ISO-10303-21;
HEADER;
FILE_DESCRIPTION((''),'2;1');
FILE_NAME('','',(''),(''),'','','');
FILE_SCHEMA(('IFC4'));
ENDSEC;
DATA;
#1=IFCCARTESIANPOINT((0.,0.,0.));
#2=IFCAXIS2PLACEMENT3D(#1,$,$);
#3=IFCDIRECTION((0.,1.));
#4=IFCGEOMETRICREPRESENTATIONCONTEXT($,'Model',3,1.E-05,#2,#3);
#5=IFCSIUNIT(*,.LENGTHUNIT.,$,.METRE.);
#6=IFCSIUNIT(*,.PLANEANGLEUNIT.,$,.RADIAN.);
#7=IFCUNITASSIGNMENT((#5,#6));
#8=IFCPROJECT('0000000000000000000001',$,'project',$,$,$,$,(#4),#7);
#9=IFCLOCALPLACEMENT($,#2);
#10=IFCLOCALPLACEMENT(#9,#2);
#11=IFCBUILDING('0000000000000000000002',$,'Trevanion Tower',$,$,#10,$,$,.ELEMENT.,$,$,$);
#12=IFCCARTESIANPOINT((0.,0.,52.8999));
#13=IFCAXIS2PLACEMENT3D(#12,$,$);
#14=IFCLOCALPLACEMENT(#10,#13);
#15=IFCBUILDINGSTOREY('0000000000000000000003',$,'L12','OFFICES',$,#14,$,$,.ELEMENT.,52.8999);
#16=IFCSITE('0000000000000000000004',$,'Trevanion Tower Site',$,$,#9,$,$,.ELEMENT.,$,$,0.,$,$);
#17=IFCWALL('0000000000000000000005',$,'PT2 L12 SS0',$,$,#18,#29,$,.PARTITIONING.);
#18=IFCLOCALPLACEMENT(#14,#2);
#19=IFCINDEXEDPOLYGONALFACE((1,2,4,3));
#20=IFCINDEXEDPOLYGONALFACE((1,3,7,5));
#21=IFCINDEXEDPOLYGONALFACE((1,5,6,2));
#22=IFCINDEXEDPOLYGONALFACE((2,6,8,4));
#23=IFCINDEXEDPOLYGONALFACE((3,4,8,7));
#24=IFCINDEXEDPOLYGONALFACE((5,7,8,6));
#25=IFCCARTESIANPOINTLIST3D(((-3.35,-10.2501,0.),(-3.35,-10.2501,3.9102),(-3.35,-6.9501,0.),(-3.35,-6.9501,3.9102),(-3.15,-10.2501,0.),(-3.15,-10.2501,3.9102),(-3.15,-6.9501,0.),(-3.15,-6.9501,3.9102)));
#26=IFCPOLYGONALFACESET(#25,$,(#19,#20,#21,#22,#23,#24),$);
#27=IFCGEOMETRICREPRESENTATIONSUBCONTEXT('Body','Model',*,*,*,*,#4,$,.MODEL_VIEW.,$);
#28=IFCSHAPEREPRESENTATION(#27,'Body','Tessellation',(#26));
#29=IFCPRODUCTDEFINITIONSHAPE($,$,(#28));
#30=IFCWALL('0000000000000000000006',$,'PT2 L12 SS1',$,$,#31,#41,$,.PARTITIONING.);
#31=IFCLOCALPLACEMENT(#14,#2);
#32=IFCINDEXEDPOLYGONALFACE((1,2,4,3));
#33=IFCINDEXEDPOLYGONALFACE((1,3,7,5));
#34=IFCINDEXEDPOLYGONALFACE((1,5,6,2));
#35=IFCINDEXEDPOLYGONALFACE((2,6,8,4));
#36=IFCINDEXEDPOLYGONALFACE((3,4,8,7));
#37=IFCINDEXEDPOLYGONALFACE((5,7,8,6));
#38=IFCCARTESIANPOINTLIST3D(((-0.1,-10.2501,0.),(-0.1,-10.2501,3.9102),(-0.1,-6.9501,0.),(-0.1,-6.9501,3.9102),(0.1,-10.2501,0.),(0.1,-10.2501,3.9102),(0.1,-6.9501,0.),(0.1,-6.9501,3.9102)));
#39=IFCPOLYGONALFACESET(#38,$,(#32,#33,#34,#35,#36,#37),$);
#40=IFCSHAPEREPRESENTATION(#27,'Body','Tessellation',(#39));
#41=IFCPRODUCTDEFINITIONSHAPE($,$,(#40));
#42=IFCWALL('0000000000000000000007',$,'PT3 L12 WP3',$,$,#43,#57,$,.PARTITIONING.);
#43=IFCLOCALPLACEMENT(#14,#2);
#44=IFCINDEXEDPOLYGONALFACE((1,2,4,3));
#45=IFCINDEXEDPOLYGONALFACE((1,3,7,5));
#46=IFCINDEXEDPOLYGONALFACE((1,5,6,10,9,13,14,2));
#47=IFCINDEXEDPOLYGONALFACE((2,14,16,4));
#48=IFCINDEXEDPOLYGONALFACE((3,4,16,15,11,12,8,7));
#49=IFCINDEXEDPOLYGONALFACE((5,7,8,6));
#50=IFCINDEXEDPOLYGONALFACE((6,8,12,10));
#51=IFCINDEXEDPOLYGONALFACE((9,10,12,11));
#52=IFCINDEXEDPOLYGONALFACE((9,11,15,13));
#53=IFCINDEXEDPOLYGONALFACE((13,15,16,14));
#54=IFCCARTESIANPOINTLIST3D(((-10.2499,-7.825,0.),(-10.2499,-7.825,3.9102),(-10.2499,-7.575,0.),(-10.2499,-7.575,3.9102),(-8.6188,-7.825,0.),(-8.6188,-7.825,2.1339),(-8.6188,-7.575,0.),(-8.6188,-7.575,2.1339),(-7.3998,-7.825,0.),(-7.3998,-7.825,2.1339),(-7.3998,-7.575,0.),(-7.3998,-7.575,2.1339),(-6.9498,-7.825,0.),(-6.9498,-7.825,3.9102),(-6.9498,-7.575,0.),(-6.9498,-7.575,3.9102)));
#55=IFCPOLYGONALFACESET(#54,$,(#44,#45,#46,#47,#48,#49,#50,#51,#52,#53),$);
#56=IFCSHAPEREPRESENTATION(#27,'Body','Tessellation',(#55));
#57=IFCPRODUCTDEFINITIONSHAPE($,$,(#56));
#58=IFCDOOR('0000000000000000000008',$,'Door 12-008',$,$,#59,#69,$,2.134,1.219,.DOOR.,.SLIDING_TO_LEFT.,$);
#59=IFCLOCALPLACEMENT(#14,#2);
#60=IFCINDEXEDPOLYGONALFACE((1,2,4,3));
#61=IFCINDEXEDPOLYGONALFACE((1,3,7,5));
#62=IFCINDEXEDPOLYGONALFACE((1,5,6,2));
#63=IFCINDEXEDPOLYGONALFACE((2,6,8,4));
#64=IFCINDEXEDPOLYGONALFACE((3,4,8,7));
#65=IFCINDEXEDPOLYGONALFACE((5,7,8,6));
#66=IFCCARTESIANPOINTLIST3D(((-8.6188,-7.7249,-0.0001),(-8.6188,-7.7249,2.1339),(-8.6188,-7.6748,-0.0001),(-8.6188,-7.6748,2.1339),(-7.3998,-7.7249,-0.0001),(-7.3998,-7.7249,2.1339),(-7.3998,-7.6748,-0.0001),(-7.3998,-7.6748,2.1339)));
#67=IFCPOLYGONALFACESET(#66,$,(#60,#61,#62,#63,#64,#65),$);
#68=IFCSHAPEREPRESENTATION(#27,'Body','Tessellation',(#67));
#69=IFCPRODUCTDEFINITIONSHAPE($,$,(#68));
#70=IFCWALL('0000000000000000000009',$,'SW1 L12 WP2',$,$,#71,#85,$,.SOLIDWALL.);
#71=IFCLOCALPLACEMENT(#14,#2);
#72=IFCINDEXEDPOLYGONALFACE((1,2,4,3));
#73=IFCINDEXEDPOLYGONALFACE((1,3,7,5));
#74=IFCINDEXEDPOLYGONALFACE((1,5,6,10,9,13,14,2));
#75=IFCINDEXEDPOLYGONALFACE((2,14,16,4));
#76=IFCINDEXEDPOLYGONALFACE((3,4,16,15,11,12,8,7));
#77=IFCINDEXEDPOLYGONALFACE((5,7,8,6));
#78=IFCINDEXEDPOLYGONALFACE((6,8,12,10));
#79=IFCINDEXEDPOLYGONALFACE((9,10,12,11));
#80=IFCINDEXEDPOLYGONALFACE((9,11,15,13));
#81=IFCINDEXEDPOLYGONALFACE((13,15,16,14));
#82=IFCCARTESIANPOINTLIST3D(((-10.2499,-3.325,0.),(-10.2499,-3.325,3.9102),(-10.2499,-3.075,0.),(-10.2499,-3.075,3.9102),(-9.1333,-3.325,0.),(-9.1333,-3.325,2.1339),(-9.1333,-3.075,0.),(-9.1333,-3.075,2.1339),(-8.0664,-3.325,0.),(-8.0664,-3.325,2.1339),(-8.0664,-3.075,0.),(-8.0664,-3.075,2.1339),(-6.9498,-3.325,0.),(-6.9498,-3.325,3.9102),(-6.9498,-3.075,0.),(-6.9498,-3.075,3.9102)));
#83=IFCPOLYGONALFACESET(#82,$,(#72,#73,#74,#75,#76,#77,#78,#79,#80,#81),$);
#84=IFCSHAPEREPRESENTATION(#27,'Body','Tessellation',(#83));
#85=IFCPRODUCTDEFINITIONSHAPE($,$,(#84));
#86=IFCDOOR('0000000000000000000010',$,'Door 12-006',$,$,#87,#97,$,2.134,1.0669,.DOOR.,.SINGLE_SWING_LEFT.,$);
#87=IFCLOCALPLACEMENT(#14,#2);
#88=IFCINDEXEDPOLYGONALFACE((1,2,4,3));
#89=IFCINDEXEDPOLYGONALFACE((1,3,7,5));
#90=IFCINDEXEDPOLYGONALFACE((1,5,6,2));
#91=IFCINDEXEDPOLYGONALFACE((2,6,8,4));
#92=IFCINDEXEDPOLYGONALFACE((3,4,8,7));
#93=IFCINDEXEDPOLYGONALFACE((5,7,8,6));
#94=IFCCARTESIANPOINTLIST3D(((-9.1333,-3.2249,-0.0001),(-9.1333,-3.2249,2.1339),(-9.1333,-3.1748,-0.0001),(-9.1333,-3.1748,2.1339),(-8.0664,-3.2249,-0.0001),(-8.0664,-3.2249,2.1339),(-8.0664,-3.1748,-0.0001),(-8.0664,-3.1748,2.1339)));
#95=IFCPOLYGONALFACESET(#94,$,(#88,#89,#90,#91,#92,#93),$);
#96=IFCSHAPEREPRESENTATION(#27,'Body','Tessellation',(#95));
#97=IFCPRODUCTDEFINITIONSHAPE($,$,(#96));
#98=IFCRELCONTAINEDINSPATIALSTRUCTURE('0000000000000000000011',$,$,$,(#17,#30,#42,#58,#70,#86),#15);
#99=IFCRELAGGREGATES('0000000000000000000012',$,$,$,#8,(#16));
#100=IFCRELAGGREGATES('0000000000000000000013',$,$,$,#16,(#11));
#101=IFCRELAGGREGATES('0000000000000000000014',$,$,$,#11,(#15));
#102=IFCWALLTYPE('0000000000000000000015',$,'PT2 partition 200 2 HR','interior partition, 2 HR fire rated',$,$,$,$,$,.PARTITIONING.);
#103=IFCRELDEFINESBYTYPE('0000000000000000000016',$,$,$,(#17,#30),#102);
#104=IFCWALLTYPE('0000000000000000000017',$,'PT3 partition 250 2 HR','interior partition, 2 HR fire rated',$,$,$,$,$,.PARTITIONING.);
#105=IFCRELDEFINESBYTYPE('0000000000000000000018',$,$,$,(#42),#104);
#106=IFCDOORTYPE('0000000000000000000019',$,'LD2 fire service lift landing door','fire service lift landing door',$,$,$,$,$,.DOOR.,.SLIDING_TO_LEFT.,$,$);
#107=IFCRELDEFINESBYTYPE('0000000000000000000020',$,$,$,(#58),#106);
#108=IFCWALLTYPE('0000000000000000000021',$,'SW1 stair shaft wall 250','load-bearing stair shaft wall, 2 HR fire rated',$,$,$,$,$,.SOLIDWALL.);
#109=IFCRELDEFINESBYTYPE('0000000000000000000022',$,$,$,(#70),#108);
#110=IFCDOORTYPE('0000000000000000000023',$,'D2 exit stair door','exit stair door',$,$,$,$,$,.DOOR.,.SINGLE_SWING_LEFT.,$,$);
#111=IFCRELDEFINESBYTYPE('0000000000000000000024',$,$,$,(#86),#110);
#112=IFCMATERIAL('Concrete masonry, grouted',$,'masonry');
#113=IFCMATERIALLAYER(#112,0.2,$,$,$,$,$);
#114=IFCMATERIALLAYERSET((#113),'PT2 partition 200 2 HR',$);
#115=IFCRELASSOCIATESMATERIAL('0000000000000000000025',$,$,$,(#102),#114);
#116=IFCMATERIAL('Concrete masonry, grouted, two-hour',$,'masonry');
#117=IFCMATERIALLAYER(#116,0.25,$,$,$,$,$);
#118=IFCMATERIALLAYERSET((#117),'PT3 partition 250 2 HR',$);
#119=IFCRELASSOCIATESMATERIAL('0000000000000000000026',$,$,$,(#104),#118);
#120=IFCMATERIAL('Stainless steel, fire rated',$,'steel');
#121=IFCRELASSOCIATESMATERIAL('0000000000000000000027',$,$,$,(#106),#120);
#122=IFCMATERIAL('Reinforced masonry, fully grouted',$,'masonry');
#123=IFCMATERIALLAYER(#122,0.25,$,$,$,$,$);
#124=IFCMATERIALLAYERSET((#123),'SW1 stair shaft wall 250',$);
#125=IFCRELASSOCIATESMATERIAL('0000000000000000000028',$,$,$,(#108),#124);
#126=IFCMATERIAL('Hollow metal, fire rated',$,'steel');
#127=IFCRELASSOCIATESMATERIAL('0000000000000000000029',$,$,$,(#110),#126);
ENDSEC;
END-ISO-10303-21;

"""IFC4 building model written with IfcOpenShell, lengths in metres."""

from ifc_helpers import new_model, si_unit, direction, frame, frame_2d, origin, place, context, subcontext, project, spatial, rectangle, extrude, material, layer, layer_set, type_object, element, fill, save


model = new_model("IFC4")

# Units and contexts
model_context = context("Model", 3, precision=1e-05, world=origin(), true_north=direction((0.0, 1.0)))
body_context = subcontext(model_context, "Body", "Model", "MODEL_VIEW")
ifc_project = project(units=[si_unit("LENGTHUNIT", "METRE"), si_unit("PLANEANGLEUNIT", "RADIAN")], contexts=[model_context])

# Site, building, storey
site_placement = place(None, origin())
site = spatial("IfcSite", under=ifc_project, at=site_placement, Name="Trevanion Tower Site", CompositionType="ELEMENT", RefElevation=0.0)
building_placement = place(site_placement, origin())
building = spatial("IfcBuilding", under=site, at=building_placement, Name="Trevanion Tower", CompositionType="ELEMENT")
storey_placement = place(building_placement, frame((0.0, 0.0, 52.8999)))
storey = spatial("IfcBuildingStorey", under=building, at=storey_placement, Name="L12", Description="OFFICES", CompositionType="ELEMENT", Elevation=52.8999)

# Walls
ifc_material_1 = material(Name="Concrete masonry, grouted", Category="masonry")
ifc_layer_1 = layer(ifc_material_1, 0.2)
ifc_layer_set_1 = layer_set([ifc_layer_1], Name="PT2 partition 200 2 HR")
wall_type_1 = type_object("IfcWallType", Name="PT2 partition 200 2 HR", Description="interior partition, 2 HR fire rated", PredefinedType="PARTITIONING", material=ifc_layer_set_1)
for number, where, z_axis, x_axis, name in (
    (1, (-3.25, -10.25, 0.0), (0.0, 0.0, 1.0), (0.0, 1.0, 0.0), "PT2 L12 SS0"),
    (2, (0.0, -10.25, 0.0), (0.0, 0.0, 1.0), (0.0, 1.0, 0.0), "PT2 L12 SS1"),
):
    element("IfcWall", number, at=place(storey_placement, frame(where, z_axis=z_axis, x_axis=x_axis)), inside=storey, type_object=wall_type_1, Name=name, PredefinedType="PARTITIONING", context=body_context, shape_type="SweptSolid", body=[
        extrude(rectangle(XDim=3.3, YDim=0.2, at=frame_2d((1.6499, 0.0))), origin(), (0.0, 0.0, 1.0), 3.9102),
    ])

# Walls, openings, doors
ifc_material_2 = material(Name="Concrete masonry, grouted, two-hour", Category="masonry")
ifc_layer_2 = layer(ifc_material_2, 0.25)
ifc_layer_set_2 = layer_set([ifc_layer_2], Name="PT3 partition 250 2 HR")
wall_type_2 = type_object("IfcWallType", Name="PT3 partition 250 2 HR", Description="interior partition, 2 HR fire rated", PredefinedType="PARTITIONING", material=ifc_layer_set_2)
wall_1_placement = place(storey_placement, frame((-6.95, -7.7, 0.0), z_axis=(0.0, 0.0, 1.0), x_axis=(-1.0, 0.0, 0.0)))
wall_1 = element("IfcWall", 3, at=wall_1_placement, inside=storey, type_object=wall_type_2, Name="PT3 L12 WP3", PredefinedType="PARTITIONING", context=body_context, shape_type="SweptSolid", body=[
    extrude(rectangle(XDim=3.3, YDim=0.25, at=frame_2d((1.6499, 0.0))), origin(), (0.0, 0.0, 1.0), 3.9102),
])
opening_1_placement = place(wall_1_placement, frame((0.45, 0.0, 0.0)))
opening_1 = element("IfcOpeningElement", 4, at=opening_1_placement, cuts=wall_1, PredefinedType="OPENING", context=body_context, shape_type="SweptSolid", body=[
    extrude(rectangle(XDim=1.219, YDim=2.134, at=frame_2d((0.6094, 1.0669))), frame((0.0, 0.135, 0.0), z_axis=(0.0, -1.0, 0.0), x_axis=(1.0, 0.0, 0.0)), (0.0, 0.0, 1.0), 0.27),
])
ifc_material_3 = material(Name="Stainless steel, fire rated", Category="steel")
door_type_1 = type_object("IfcDoorType", Name="LD2 fire service lift landing door", Description="fire service lift landing door", OperationType="SLIDING_TO_LEFT", PredefinedType="DOOR", material=ifc_material_3)
door_1_placement = place(opening_1_placement, origin())
door_1 = element("IfcDoor", 5, at=door_1_placement, inside=storey, type_object=door_type_1, Name="Door 12-008", OperationType="SLIDING_TO_LEFT", OverallHeight=2.134, OverallWidth=1.219, PredefinedType="DOOR", context=body_context, shape_type="SweptSolid", body=[
    extrude(rectangle(XDim=1.219, YDim=2.134, at=frame_2d((0.6094, 1.0669))), frame((0.0, 0.0249, 0.0), z_axis=(0.0, -1.0, 0.0), x_axis=(1.0, 0.0, 0.0)), (0.0, 0.0, 1.0), 0.05),
])
fill(opening_1, door_1)
ifc_material_4 = material(Name="Reinforced masonry, fully grouted", Category="masonry")
ifc_layer_3 = layer(ifc_material_4, 0.25)
ifc_layer_set_3 = layer_set([ifc_layer_3], Name="SW1 stair shaft wall 250")
wall_type_3 = type_object("IfcWallType", Name="SW1 stair shaft wall 250", Description="load-bearing stair shaft wall, 2 HR fire rated", PredefinedType="SOLIDWALL", material=ifc_layer_set_3)
wall_2_placement = place(storey_placement, frame((-6.95, -3.2, 0.0), z_axis=(0.0, 0.0, 1.0), x_axis=(-1.0, 0.0, 0.0)))
wall_2 = element("IfcWall", 6, at=wall_2_placement, inside=storey, type_object=wall_type_3, Name="SW1 L12 WP2", PredefinedType="SOLIDWALL", context=body_context, shape_type="SweptSolid", body=[
    extrude(rectangle(XDim=3.3, YDim=0.25, at=frame_2d((1.6499, 0.0))), origin(), (0.0, 0.0, 1.0), 3.9102),
])
opening_2_placement = place(wall_2_placement, frame((1.1165, 0.0, 0.0)))
opening_2 = element("IfcOpeningElement", 7, at=opening_2_placement, cuts=wall_2, PredefinedType="OPENING", context=body_context, shape_type="SweptSolid", body=[
    extrude(rectangle(XDim=1.0669, YDim=2.134, at=frame_2d((0.5334, 1.0669))), frame((0.0, 0.135, 0.0), z_axis=(0.0, -1.0, 0.0), x_axis=(1.0, 0.0, 0.0)), (0.0, 0.0, 1.0), 0.27),
])
ifc_material_5 = material(Name="Hollow metal, fire rated", Category="steel")
door_type_2 = type_object("IfcDoorType", Name="D2 exit stair door", Description="exit stair door", OperationType="SINGLE_SWING_LEFT", PredefinedType="DOOR", material=ifc_material_5)
door_2_placement = place(opening_2_placement, origin())
door_2 = element("IfcDoor", 8, at=door_2_placement, inside=storey, type_object=door_type_2, Name="Door 12-006", OperationType="SINGLE_SWING_LEFT", OverallHeight=2.134, OverallWidth=1.0669, PredefinedType="DOOR", context=body_context, shape_type="SweptSolid", body=[
    extrude(rectangle(XDim=1.0669, YDim=2.134, at=frame_2d((0.5334, 1.0669))), frame((0.0, 0.0249, 0.0), z_axis=(0.0, -1.0, 0.0), x_axis=(1.0, 0.0, 0.0)), (0.0, 0.0, 1.0), 0.05),
])
fill(opening_2, door_2)

save(model, "model.ifc")
